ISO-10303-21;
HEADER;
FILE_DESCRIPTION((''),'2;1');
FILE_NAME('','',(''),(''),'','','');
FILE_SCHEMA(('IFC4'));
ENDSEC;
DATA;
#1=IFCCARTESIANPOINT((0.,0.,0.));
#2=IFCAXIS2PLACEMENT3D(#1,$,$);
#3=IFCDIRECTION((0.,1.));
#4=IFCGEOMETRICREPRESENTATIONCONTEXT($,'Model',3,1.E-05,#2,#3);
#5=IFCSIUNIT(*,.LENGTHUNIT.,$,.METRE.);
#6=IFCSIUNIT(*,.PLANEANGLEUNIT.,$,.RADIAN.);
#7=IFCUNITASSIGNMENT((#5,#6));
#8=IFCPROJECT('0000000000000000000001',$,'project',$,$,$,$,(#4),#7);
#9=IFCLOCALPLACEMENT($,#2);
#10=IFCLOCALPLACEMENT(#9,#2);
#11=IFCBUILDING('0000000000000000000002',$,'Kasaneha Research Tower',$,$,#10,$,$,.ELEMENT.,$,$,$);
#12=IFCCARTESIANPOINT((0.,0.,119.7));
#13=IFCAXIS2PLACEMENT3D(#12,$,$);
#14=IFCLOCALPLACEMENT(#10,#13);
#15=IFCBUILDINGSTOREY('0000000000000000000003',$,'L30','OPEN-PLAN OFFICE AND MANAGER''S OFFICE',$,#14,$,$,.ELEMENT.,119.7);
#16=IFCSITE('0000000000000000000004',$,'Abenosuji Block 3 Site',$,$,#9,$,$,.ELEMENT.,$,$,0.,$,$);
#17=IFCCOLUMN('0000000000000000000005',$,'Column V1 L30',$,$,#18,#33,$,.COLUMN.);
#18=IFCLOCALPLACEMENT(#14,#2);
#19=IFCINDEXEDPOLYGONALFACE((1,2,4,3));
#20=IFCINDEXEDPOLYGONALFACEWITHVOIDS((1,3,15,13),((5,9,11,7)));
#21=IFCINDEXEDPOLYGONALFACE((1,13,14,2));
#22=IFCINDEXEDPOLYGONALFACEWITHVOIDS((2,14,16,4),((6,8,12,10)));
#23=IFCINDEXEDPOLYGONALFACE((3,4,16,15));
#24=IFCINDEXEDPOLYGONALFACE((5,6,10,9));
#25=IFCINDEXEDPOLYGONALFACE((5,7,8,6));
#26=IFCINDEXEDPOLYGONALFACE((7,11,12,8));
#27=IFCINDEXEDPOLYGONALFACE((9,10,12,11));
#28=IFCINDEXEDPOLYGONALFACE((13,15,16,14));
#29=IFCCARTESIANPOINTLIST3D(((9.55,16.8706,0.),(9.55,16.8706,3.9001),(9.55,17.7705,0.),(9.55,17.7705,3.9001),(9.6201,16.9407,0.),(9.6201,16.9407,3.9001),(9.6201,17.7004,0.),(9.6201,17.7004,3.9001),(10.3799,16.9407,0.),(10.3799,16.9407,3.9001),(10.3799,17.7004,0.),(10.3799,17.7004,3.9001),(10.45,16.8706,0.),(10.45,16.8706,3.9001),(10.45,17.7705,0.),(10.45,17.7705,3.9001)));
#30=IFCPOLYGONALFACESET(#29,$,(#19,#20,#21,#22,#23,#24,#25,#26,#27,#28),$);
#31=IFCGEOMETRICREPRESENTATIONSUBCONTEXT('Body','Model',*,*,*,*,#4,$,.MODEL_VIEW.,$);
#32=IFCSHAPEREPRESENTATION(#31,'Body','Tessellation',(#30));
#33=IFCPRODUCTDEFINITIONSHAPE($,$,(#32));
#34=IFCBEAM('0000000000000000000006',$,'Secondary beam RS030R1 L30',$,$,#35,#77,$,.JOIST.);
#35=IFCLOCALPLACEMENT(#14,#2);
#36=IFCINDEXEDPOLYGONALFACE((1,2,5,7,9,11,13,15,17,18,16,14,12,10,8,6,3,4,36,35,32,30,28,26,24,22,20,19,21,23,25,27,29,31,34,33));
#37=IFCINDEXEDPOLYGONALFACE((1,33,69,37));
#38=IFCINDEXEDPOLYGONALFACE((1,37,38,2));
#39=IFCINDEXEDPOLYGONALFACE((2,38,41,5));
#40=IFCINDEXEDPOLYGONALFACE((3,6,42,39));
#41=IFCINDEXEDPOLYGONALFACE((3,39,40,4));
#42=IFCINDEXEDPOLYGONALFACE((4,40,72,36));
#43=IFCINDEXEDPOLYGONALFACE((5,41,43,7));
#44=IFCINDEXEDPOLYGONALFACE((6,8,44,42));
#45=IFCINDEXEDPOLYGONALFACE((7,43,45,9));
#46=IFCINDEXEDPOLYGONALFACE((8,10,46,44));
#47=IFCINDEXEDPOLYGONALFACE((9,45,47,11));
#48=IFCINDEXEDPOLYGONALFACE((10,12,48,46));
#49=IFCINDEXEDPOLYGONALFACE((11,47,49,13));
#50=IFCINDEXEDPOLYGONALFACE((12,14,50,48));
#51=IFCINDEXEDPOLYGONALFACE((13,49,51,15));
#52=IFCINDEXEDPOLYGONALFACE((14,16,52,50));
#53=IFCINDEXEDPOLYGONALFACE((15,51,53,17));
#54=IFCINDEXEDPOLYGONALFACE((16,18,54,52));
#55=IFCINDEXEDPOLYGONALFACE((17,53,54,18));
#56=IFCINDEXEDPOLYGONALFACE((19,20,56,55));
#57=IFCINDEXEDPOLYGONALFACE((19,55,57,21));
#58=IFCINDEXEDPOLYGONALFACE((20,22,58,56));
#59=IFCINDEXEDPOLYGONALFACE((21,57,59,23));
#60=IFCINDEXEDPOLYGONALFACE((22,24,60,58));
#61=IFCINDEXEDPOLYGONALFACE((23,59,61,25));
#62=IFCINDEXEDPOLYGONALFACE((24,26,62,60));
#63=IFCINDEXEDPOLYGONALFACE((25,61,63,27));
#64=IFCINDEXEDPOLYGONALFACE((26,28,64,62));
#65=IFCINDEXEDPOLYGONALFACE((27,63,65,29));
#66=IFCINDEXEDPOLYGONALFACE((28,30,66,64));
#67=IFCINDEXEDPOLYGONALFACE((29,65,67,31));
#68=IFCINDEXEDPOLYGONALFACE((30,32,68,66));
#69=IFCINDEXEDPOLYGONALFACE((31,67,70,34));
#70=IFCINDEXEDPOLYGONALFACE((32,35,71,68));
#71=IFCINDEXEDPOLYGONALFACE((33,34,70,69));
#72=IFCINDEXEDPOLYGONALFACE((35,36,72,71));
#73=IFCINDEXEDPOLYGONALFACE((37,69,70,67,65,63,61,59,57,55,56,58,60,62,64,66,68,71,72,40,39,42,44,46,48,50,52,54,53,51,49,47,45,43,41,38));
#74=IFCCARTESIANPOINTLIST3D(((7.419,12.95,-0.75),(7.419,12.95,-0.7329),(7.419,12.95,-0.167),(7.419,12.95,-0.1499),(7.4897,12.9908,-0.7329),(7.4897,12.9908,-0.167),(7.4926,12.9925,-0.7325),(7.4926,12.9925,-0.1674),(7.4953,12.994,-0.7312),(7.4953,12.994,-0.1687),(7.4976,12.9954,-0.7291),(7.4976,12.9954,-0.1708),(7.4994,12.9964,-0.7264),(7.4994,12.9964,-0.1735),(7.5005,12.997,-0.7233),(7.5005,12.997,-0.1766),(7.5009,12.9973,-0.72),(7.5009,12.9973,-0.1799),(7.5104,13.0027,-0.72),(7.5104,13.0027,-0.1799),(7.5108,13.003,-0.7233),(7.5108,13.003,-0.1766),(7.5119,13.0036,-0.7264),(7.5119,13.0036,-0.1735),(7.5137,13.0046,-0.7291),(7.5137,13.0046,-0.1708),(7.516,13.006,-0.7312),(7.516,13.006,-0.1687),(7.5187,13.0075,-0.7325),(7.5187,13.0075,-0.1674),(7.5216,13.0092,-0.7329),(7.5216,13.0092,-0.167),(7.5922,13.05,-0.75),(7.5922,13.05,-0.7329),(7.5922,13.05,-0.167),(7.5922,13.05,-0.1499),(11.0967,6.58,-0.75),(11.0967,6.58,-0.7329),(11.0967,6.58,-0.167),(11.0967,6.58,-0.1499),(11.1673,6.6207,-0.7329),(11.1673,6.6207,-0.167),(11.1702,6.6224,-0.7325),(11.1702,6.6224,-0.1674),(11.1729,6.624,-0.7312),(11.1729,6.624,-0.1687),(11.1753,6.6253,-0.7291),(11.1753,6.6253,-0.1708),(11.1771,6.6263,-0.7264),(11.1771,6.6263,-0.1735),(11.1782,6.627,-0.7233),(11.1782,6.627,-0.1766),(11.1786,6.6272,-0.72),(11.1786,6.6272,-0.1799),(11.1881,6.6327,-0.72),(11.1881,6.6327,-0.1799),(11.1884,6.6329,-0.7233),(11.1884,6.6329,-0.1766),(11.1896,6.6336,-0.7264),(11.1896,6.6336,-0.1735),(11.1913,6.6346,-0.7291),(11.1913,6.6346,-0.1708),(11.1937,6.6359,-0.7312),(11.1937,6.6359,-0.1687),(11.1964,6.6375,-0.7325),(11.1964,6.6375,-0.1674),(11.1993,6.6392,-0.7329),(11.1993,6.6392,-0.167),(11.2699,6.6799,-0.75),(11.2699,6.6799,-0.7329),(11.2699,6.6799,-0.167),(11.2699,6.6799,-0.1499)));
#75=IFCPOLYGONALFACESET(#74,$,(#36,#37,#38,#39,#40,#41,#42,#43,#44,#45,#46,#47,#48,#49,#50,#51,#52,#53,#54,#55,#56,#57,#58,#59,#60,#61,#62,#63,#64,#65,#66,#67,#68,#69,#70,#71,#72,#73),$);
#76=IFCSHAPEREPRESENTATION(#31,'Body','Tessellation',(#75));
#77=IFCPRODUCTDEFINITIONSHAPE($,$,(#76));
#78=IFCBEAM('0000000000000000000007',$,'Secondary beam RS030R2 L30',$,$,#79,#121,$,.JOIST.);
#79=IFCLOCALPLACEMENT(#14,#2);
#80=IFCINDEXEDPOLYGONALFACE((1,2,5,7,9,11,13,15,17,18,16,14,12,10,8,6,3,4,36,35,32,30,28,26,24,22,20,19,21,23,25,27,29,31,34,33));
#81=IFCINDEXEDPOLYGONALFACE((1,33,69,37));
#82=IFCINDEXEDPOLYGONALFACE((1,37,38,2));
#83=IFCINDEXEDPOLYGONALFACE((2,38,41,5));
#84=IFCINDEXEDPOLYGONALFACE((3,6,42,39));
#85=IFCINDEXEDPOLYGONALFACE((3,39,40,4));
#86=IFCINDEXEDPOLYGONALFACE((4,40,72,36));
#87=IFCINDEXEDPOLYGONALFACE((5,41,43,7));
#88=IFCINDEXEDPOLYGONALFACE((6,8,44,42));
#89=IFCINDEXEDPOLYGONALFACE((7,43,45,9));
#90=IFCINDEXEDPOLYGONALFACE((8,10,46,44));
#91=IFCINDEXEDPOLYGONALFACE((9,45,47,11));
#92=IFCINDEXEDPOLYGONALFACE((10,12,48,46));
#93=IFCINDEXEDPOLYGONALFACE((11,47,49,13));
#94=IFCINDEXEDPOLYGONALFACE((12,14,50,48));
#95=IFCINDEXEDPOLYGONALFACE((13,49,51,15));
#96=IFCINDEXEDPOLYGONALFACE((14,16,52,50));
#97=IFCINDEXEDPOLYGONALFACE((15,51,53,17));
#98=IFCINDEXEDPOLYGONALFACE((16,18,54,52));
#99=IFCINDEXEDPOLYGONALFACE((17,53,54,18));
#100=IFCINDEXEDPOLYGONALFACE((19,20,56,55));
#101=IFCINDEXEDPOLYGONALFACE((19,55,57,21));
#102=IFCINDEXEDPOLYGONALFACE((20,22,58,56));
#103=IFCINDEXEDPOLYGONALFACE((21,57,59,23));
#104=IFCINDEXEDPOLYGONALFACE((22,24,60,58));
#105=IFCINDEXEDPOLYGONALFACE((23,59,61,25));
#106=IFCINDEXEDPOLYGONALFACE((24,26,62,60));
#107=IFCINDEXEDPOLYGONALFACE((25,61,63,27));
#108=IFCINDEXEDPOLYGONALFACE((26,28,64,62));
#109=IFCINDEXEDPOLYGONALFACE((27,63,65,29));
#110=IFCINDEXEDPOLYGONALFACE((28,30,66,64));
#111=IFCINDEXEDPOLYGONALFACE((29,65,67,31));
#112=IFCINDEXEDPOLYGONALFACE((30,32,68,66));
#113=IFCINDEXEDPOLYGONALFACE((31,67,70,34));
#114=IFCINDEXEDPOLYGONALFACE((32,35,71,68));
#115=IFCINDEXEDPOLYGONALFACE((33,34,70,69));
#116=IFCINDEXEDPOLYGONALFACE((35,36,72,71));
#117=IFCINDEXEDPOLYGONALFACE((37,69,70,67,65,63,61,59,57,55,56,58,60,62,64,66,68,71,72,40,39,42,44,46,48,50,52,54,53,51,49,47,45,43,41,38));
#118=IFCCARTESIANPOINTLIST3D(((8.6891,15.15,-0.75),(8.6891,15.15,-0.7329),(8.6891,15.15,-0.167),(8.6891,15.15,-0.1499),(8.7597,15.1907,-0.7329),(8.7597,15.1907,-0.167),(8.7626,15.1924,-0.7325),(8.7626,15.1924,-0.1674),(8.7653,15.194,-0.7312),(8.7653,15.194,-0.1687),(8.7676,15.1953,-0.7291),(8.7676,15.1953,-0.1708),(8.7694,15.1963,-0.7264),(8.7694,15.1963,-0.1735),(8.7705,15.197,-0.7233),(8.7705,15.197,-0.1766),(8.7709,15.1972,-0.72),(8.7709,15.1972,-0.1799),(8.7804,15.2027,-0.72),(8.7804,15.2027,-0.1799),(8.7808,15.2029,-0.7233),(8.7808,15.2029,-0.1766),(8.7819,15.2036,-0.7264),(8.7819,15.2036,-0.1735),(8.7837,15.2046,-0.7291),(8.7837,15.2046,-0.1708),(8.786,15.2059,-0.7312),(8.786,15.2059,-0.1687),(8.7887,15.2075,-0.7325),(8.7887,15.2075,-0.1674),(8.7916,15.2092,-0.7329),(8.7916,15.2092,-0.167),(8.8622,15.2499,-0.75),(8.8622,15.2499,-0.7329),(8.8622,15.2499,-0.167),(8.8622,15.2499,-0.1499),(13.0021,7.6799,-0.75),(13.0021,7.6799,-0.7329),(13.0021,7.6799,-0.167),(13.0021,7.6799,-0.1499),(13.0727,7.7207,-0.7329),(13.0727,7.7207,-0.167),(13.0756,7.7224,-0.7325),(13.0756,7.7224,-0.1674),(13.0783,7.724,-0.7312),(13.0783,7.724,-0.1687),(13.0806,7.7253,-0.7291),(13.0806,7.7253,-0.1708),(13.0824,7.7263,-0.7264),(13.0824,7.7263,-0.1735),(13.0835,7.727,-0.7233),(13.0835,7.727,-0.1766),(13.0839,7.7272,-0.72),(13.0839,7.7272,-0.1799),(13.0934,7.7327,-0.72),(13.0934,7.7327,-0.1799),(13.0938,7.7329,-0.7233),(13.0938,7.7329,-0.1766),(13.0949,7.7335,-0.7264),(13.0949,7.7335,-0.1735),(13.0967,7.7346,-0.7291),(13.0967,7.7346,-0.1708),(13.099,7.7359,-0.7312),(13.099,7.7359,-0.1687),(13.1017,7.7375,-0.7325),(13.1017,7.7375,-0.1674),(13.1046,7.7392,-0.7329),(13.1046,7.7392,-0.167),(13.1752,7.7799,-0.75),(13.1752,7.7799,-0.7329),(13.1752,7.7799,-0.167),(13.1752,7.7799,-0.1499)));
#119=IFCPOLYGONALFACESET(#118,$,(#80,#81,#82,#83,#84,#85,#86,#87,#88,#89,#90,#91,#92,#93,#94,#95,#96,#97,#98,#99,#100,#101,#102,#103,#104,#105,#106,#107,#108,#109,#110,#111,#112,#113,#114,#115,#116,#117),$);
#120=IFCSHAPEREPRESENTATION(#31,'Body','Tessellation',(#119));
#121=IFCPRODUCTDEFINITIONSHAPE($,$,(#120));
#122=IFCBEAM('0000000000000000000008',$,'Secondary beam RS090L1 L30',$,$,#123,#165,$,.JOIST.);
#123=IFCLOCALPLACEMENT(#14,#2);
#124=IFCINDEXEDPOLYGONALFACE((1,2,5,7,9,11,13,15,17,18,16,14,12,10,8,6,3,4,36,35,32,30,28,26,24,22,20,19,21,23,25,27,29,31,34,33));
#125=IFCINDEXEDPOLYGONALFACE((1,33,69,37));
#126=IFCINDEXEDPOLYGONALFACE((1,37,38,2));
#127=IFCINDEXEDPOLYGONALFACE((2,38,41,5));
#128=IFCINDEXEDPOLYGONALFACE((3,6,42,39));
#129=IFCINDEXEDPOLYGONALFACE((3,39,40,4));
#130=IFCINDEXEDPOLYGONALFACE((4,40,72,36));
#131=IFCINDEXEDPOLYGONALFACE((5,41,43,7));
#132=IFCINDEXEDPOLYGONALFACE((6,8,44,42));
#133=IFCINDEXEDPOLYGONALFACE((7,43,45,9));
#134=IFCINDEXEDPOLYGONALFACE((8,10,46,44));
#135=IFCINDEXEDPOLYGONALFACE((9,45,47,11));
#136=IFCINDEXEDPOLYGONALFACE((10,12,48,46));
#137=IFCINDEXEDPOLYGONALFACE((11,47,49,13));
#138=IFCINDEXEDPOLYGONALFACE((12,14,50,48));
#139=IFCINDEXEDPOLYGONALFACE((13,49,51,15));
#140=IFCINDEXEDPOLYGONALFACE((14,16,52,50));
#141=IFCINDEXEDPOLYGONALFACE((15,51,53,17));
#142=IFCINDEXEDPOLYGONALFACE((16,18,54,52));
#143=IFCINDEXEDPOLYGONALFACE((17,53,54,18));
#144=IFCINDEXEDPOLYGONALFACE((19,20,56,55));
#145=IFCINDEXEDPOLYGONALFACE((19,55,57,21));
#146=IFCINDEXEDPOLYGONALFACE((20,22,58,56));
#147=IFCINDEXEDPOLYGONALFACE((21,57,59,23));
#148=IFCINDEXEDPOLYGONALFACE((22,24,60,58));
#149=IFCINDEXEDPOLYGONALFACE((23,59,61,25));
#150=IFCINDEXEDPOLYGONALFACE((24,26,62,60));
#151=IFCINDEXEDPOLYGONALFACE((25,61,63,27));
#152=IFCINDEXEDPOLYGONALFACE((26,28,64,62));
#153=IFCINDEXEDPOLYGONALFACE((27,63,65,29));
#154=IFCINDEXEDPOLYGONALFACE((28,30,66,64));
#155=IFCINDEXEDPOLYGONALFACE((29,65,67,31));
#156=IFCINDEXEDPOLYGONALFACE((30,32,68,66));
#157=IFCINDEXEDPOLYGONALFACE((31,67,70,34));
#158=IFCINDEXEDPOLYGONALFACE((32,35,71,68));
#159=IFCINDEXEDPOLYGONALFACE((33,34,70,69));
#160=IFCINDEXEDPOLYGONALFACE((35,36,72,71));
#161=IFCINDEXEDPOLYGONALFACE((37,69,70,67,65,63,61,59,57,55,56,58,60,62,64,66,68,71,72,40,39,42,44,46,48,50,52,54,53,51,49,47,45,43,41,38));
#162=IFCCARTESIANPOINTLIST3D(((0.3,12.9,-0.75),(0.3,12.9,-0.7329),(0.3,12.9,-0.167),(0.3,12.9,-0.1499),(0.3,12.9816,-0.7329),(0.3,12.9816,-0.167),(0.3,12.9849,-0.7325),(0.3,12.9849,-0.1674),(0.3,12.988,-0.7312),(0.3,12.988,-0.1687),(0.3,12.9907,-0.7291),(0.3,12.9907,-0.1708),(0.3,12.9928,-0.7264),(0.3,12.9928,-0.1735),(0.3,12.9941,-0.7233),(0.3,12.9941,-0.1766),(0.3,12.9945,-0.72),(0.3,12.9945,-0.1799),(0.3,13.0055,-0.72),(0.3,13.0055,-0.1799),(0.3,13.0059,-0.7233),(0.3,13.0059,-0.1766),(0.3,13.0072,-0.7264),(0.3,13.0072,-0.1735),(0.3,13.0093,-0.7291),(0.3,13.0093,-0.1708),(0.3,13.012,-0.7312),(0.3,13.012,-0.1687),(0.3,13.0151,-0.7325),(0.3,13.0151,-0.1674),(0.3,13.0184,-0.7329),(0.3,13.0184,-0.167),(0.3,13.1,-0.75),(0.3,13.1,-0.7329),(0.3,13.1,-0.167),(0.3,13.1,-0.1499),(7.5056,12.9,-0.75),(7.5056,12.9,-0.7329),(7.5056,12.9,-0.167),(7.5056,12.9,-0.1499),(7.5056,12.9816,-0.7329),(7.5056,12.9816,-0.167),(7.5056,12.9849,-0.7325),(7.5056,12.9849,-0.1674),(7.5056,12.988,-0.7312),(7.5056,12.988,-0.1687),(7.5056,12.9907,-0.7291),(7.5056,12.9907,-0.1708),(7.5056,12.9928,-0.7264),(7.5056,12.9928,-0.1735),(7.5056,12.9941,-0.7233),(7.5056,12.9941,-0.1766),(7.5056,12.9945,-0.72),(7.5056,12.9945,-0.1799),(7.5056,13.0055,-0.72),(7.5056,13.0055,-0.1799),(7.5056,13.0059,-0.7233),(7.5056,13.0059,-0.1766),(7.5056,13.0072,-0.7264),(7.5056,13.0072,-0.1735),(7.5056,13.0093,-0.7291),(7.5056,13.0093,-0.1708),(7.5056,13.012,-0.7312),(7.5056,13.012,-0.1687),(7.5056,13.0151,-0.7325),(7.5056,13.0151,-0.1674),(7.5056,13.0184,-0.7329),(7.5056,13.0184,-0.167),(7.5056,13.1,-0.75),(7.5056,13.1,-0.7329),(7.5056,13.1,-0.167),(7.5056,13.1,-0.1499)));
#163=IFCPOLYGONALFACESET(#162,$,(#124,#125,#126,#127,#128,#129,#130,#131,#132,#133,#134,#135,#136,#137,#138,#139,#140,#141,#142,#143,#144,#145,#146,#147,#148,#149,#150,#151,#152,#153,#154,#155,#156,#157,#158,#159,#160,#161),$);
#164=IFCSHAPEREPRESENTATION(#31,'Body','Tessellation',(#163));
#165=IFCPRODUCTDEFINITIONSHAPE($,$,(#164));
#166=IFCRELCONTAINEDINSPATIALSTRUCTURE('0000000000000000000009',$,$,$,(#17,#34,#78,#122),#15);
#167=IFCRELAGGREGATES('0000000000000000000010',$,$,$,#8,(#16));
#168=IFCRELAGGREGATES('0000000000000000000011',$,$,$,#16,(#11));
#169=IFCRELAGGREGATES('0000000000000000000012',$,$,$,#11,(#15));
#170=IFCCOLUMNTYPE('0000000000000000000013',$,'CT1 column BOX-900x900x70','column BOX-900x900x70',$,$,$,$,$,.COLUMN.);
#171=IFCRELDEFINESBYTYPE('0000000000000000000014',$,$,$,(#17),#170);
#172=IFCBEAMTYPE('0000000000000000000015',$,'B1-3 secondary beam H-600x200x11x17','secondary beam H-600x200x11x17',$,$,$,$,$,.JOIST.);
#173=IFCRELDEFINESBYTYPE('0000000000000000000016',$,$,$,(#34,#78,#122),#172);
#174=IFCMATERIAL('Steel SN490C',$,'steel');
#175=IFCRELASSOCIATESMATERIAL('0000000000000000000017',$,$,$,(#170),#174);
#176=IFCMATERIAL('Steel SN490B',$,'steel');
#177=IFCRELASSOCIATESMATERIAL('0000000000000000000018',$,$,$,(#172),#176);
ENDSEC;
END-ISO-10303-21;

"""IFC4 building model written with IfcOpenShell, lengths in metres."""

from ifc_helpers import new_model, si_unit, direction, frame, origin, origin_2d, place, context, subcontext, project, spatial, hollow_rectangle, i_section, extrude, material, material_profile, profile_set, type_object, element, save


model = new_model("IFC4")

# Units and contexts
model_context = context("Model", 3, precision=1e-05, world=origin(), true_north=direction((0.0, 1.0)))
body_context = subcontext(model_context, "Body", "Model", "MODEL_VIEW")
ifc_project = project(units=[si_unit("LENGTHUNIT", "METRE"), si_unit("PLANEANGLEUNIT", "RADIAN")], contexts=[model_context])

# Site, building, storey
site_placement = place(None, origin())
site = spatial("IfcSite", under=ifc_project, at=site_placement, Name="Abenosuji Block 3 Site", CompositionType="ELEMENT", RefElevation=0.0)
building_placement = place(site_placement, origin())
building = spatial("IfcBuilding", under=site, at=building_placement, Name="Kasaneha Research Tower", CompositionType="ELEMENT")
storey_placement = place(building_placement, frame((0.0, 0.0, 119.7)))
storey = spatial("IfcBuildingStorey", under=building, at=storey_placement, Name="L30", Description="OPEN-PLAN OFFICE AND MANAGER'S OFFICE", CompositionType="ELEMENT", Elevation=119.7)

# Column
ifc_material_1 = material(Name="Steel SN490C", Category="steel")
ifc_material_profile_1 = material_profile(ifc_material_1, hollow_rectangle(XDim=0.8999, YDim=0.8999, WallThickness=0.0701, at=origin_2d()), Name="BOX-900x900x70")
ifc_profile_set_1 = profile_set([ifc_material_profile_1], Name="Steel SN490C")
column_type = type_object("IfcColumnType", Name="CT1 column BOX-900x900x70", Description="column BOX-900x900x70", PredefinedType="COLUMN", material=ifc_profile_set_1)
column_placement = place(storey_placement, frame((10.0, 17.3206, 0.0), z_axis=(0.0, 0.0, 1.0), x_axis=(1.0, 0.0, 0.0)))
element("IfcColumn", 1, at=column_placement, inside=storey, type_object=column_type, Name="Column V1 L30", PredefinedType="COLUMN", context=body_context, shape_type="SweptSolid", body=[
    extrude(hollow_rectangle(XDim=0.8999, YDim=0.8999, WallThickness=0.0701, at=origin_2d()), origin(), (0.0, 0.0, 1.0), 3.9001),
])

# Beams
ifc_material_2 = material(Name="Steel SN490B", Category="steel")
ifc_material_profile_2 = material_profile(ifc_material_2, i_section(OverallWidth=0.2, OverallDepth=0.6001, WebThickness=0.011, FlangeThickness=0.0171, FilletRadius=0.0129, at=origin_2d()), Name="H-600x200x11x17")
ifc_profile_set_2 = profile_set([ifc_material_profile_2], Name="Steel SN490B")
beam_type_1 = type_object("IfcBeamType", Name="B1-3 secondary beam H-600x200x11x17", Description="secondary beam H-600x200x11x17", PredefinedType="JOIST", material=ifc_profile_set_2)
beam_1_placement = place(storey_placement, frame((7.5056, 13.0, -0.45), z_axis=(0.499994, -0.866029, 0.0), x_axis=(0.866029, 0.499994, 0.0)))
element("IfcBeam", 2, at=beam_1_placement, inside=storey, type_object=beam_type_1, Name="Secondary beam RS030R1 L30", PredefinedType="JOIST", context=body_context, shape_type="SweptSolid", body=[
    extrude(i_section(OverallWidth=0.2, OverallDepth=0.6001, WebThickness=0.011, FlangeThickness=0.0171, FilletRadius=0.0129, at=origin_2d()), origin(), (0.0, 0.0, 1.0), 7.3555),
])
beam_2_placement = place(storey_placement, frame((8.7756, 15.2, -0.45), z_axis=(0.500017, -0.866015, 0.0), x_axis=(0.866015, 0.500017, 0.0)))
element("IfcBeam", 3, at=beam_2_placement, inside=storey, type_object=beam_type_1, Name="Secondary beam RS030R2 L30", PredefinedType="JOIST", context=body_context, shape_type="SweptSolid", body=[
    extrude(i_section(OverallWidth=0.2, OverallDepth=0.6001, WebThickness=0.011, FlangeThickness=0.0171, FilletRadius=0.0129, at=origin_2d()), origin(), (0.0, 0.0, 1.0), 8.6257),
])
beam_3_placement = place(storey_placement, frame((7.5056, 13.0, -0.45), z_axis=(-1.0, 0.0, 0.0), x_axis=(0.0, -1.0, 0.0)))
element("IfcBeam", 4, at=beam_3_placement, inside=storey, type_object=beam_type_1, Name="Secondary beam RS090L1 L30", PredefinedType="JOIST", context=body_context, shape_type="SweptSolid", body=[
    extrude(i_section(OverallWidth=0.2, OverallDepth=0.6001, WebThickness=0.011, FlangeThickness=0.0171, FilletRadius=0.0129, at=origin_2d()), origin(), (0.0, 0.0, 1.0), 7.2056),
])

save(model, "model.ifc")
